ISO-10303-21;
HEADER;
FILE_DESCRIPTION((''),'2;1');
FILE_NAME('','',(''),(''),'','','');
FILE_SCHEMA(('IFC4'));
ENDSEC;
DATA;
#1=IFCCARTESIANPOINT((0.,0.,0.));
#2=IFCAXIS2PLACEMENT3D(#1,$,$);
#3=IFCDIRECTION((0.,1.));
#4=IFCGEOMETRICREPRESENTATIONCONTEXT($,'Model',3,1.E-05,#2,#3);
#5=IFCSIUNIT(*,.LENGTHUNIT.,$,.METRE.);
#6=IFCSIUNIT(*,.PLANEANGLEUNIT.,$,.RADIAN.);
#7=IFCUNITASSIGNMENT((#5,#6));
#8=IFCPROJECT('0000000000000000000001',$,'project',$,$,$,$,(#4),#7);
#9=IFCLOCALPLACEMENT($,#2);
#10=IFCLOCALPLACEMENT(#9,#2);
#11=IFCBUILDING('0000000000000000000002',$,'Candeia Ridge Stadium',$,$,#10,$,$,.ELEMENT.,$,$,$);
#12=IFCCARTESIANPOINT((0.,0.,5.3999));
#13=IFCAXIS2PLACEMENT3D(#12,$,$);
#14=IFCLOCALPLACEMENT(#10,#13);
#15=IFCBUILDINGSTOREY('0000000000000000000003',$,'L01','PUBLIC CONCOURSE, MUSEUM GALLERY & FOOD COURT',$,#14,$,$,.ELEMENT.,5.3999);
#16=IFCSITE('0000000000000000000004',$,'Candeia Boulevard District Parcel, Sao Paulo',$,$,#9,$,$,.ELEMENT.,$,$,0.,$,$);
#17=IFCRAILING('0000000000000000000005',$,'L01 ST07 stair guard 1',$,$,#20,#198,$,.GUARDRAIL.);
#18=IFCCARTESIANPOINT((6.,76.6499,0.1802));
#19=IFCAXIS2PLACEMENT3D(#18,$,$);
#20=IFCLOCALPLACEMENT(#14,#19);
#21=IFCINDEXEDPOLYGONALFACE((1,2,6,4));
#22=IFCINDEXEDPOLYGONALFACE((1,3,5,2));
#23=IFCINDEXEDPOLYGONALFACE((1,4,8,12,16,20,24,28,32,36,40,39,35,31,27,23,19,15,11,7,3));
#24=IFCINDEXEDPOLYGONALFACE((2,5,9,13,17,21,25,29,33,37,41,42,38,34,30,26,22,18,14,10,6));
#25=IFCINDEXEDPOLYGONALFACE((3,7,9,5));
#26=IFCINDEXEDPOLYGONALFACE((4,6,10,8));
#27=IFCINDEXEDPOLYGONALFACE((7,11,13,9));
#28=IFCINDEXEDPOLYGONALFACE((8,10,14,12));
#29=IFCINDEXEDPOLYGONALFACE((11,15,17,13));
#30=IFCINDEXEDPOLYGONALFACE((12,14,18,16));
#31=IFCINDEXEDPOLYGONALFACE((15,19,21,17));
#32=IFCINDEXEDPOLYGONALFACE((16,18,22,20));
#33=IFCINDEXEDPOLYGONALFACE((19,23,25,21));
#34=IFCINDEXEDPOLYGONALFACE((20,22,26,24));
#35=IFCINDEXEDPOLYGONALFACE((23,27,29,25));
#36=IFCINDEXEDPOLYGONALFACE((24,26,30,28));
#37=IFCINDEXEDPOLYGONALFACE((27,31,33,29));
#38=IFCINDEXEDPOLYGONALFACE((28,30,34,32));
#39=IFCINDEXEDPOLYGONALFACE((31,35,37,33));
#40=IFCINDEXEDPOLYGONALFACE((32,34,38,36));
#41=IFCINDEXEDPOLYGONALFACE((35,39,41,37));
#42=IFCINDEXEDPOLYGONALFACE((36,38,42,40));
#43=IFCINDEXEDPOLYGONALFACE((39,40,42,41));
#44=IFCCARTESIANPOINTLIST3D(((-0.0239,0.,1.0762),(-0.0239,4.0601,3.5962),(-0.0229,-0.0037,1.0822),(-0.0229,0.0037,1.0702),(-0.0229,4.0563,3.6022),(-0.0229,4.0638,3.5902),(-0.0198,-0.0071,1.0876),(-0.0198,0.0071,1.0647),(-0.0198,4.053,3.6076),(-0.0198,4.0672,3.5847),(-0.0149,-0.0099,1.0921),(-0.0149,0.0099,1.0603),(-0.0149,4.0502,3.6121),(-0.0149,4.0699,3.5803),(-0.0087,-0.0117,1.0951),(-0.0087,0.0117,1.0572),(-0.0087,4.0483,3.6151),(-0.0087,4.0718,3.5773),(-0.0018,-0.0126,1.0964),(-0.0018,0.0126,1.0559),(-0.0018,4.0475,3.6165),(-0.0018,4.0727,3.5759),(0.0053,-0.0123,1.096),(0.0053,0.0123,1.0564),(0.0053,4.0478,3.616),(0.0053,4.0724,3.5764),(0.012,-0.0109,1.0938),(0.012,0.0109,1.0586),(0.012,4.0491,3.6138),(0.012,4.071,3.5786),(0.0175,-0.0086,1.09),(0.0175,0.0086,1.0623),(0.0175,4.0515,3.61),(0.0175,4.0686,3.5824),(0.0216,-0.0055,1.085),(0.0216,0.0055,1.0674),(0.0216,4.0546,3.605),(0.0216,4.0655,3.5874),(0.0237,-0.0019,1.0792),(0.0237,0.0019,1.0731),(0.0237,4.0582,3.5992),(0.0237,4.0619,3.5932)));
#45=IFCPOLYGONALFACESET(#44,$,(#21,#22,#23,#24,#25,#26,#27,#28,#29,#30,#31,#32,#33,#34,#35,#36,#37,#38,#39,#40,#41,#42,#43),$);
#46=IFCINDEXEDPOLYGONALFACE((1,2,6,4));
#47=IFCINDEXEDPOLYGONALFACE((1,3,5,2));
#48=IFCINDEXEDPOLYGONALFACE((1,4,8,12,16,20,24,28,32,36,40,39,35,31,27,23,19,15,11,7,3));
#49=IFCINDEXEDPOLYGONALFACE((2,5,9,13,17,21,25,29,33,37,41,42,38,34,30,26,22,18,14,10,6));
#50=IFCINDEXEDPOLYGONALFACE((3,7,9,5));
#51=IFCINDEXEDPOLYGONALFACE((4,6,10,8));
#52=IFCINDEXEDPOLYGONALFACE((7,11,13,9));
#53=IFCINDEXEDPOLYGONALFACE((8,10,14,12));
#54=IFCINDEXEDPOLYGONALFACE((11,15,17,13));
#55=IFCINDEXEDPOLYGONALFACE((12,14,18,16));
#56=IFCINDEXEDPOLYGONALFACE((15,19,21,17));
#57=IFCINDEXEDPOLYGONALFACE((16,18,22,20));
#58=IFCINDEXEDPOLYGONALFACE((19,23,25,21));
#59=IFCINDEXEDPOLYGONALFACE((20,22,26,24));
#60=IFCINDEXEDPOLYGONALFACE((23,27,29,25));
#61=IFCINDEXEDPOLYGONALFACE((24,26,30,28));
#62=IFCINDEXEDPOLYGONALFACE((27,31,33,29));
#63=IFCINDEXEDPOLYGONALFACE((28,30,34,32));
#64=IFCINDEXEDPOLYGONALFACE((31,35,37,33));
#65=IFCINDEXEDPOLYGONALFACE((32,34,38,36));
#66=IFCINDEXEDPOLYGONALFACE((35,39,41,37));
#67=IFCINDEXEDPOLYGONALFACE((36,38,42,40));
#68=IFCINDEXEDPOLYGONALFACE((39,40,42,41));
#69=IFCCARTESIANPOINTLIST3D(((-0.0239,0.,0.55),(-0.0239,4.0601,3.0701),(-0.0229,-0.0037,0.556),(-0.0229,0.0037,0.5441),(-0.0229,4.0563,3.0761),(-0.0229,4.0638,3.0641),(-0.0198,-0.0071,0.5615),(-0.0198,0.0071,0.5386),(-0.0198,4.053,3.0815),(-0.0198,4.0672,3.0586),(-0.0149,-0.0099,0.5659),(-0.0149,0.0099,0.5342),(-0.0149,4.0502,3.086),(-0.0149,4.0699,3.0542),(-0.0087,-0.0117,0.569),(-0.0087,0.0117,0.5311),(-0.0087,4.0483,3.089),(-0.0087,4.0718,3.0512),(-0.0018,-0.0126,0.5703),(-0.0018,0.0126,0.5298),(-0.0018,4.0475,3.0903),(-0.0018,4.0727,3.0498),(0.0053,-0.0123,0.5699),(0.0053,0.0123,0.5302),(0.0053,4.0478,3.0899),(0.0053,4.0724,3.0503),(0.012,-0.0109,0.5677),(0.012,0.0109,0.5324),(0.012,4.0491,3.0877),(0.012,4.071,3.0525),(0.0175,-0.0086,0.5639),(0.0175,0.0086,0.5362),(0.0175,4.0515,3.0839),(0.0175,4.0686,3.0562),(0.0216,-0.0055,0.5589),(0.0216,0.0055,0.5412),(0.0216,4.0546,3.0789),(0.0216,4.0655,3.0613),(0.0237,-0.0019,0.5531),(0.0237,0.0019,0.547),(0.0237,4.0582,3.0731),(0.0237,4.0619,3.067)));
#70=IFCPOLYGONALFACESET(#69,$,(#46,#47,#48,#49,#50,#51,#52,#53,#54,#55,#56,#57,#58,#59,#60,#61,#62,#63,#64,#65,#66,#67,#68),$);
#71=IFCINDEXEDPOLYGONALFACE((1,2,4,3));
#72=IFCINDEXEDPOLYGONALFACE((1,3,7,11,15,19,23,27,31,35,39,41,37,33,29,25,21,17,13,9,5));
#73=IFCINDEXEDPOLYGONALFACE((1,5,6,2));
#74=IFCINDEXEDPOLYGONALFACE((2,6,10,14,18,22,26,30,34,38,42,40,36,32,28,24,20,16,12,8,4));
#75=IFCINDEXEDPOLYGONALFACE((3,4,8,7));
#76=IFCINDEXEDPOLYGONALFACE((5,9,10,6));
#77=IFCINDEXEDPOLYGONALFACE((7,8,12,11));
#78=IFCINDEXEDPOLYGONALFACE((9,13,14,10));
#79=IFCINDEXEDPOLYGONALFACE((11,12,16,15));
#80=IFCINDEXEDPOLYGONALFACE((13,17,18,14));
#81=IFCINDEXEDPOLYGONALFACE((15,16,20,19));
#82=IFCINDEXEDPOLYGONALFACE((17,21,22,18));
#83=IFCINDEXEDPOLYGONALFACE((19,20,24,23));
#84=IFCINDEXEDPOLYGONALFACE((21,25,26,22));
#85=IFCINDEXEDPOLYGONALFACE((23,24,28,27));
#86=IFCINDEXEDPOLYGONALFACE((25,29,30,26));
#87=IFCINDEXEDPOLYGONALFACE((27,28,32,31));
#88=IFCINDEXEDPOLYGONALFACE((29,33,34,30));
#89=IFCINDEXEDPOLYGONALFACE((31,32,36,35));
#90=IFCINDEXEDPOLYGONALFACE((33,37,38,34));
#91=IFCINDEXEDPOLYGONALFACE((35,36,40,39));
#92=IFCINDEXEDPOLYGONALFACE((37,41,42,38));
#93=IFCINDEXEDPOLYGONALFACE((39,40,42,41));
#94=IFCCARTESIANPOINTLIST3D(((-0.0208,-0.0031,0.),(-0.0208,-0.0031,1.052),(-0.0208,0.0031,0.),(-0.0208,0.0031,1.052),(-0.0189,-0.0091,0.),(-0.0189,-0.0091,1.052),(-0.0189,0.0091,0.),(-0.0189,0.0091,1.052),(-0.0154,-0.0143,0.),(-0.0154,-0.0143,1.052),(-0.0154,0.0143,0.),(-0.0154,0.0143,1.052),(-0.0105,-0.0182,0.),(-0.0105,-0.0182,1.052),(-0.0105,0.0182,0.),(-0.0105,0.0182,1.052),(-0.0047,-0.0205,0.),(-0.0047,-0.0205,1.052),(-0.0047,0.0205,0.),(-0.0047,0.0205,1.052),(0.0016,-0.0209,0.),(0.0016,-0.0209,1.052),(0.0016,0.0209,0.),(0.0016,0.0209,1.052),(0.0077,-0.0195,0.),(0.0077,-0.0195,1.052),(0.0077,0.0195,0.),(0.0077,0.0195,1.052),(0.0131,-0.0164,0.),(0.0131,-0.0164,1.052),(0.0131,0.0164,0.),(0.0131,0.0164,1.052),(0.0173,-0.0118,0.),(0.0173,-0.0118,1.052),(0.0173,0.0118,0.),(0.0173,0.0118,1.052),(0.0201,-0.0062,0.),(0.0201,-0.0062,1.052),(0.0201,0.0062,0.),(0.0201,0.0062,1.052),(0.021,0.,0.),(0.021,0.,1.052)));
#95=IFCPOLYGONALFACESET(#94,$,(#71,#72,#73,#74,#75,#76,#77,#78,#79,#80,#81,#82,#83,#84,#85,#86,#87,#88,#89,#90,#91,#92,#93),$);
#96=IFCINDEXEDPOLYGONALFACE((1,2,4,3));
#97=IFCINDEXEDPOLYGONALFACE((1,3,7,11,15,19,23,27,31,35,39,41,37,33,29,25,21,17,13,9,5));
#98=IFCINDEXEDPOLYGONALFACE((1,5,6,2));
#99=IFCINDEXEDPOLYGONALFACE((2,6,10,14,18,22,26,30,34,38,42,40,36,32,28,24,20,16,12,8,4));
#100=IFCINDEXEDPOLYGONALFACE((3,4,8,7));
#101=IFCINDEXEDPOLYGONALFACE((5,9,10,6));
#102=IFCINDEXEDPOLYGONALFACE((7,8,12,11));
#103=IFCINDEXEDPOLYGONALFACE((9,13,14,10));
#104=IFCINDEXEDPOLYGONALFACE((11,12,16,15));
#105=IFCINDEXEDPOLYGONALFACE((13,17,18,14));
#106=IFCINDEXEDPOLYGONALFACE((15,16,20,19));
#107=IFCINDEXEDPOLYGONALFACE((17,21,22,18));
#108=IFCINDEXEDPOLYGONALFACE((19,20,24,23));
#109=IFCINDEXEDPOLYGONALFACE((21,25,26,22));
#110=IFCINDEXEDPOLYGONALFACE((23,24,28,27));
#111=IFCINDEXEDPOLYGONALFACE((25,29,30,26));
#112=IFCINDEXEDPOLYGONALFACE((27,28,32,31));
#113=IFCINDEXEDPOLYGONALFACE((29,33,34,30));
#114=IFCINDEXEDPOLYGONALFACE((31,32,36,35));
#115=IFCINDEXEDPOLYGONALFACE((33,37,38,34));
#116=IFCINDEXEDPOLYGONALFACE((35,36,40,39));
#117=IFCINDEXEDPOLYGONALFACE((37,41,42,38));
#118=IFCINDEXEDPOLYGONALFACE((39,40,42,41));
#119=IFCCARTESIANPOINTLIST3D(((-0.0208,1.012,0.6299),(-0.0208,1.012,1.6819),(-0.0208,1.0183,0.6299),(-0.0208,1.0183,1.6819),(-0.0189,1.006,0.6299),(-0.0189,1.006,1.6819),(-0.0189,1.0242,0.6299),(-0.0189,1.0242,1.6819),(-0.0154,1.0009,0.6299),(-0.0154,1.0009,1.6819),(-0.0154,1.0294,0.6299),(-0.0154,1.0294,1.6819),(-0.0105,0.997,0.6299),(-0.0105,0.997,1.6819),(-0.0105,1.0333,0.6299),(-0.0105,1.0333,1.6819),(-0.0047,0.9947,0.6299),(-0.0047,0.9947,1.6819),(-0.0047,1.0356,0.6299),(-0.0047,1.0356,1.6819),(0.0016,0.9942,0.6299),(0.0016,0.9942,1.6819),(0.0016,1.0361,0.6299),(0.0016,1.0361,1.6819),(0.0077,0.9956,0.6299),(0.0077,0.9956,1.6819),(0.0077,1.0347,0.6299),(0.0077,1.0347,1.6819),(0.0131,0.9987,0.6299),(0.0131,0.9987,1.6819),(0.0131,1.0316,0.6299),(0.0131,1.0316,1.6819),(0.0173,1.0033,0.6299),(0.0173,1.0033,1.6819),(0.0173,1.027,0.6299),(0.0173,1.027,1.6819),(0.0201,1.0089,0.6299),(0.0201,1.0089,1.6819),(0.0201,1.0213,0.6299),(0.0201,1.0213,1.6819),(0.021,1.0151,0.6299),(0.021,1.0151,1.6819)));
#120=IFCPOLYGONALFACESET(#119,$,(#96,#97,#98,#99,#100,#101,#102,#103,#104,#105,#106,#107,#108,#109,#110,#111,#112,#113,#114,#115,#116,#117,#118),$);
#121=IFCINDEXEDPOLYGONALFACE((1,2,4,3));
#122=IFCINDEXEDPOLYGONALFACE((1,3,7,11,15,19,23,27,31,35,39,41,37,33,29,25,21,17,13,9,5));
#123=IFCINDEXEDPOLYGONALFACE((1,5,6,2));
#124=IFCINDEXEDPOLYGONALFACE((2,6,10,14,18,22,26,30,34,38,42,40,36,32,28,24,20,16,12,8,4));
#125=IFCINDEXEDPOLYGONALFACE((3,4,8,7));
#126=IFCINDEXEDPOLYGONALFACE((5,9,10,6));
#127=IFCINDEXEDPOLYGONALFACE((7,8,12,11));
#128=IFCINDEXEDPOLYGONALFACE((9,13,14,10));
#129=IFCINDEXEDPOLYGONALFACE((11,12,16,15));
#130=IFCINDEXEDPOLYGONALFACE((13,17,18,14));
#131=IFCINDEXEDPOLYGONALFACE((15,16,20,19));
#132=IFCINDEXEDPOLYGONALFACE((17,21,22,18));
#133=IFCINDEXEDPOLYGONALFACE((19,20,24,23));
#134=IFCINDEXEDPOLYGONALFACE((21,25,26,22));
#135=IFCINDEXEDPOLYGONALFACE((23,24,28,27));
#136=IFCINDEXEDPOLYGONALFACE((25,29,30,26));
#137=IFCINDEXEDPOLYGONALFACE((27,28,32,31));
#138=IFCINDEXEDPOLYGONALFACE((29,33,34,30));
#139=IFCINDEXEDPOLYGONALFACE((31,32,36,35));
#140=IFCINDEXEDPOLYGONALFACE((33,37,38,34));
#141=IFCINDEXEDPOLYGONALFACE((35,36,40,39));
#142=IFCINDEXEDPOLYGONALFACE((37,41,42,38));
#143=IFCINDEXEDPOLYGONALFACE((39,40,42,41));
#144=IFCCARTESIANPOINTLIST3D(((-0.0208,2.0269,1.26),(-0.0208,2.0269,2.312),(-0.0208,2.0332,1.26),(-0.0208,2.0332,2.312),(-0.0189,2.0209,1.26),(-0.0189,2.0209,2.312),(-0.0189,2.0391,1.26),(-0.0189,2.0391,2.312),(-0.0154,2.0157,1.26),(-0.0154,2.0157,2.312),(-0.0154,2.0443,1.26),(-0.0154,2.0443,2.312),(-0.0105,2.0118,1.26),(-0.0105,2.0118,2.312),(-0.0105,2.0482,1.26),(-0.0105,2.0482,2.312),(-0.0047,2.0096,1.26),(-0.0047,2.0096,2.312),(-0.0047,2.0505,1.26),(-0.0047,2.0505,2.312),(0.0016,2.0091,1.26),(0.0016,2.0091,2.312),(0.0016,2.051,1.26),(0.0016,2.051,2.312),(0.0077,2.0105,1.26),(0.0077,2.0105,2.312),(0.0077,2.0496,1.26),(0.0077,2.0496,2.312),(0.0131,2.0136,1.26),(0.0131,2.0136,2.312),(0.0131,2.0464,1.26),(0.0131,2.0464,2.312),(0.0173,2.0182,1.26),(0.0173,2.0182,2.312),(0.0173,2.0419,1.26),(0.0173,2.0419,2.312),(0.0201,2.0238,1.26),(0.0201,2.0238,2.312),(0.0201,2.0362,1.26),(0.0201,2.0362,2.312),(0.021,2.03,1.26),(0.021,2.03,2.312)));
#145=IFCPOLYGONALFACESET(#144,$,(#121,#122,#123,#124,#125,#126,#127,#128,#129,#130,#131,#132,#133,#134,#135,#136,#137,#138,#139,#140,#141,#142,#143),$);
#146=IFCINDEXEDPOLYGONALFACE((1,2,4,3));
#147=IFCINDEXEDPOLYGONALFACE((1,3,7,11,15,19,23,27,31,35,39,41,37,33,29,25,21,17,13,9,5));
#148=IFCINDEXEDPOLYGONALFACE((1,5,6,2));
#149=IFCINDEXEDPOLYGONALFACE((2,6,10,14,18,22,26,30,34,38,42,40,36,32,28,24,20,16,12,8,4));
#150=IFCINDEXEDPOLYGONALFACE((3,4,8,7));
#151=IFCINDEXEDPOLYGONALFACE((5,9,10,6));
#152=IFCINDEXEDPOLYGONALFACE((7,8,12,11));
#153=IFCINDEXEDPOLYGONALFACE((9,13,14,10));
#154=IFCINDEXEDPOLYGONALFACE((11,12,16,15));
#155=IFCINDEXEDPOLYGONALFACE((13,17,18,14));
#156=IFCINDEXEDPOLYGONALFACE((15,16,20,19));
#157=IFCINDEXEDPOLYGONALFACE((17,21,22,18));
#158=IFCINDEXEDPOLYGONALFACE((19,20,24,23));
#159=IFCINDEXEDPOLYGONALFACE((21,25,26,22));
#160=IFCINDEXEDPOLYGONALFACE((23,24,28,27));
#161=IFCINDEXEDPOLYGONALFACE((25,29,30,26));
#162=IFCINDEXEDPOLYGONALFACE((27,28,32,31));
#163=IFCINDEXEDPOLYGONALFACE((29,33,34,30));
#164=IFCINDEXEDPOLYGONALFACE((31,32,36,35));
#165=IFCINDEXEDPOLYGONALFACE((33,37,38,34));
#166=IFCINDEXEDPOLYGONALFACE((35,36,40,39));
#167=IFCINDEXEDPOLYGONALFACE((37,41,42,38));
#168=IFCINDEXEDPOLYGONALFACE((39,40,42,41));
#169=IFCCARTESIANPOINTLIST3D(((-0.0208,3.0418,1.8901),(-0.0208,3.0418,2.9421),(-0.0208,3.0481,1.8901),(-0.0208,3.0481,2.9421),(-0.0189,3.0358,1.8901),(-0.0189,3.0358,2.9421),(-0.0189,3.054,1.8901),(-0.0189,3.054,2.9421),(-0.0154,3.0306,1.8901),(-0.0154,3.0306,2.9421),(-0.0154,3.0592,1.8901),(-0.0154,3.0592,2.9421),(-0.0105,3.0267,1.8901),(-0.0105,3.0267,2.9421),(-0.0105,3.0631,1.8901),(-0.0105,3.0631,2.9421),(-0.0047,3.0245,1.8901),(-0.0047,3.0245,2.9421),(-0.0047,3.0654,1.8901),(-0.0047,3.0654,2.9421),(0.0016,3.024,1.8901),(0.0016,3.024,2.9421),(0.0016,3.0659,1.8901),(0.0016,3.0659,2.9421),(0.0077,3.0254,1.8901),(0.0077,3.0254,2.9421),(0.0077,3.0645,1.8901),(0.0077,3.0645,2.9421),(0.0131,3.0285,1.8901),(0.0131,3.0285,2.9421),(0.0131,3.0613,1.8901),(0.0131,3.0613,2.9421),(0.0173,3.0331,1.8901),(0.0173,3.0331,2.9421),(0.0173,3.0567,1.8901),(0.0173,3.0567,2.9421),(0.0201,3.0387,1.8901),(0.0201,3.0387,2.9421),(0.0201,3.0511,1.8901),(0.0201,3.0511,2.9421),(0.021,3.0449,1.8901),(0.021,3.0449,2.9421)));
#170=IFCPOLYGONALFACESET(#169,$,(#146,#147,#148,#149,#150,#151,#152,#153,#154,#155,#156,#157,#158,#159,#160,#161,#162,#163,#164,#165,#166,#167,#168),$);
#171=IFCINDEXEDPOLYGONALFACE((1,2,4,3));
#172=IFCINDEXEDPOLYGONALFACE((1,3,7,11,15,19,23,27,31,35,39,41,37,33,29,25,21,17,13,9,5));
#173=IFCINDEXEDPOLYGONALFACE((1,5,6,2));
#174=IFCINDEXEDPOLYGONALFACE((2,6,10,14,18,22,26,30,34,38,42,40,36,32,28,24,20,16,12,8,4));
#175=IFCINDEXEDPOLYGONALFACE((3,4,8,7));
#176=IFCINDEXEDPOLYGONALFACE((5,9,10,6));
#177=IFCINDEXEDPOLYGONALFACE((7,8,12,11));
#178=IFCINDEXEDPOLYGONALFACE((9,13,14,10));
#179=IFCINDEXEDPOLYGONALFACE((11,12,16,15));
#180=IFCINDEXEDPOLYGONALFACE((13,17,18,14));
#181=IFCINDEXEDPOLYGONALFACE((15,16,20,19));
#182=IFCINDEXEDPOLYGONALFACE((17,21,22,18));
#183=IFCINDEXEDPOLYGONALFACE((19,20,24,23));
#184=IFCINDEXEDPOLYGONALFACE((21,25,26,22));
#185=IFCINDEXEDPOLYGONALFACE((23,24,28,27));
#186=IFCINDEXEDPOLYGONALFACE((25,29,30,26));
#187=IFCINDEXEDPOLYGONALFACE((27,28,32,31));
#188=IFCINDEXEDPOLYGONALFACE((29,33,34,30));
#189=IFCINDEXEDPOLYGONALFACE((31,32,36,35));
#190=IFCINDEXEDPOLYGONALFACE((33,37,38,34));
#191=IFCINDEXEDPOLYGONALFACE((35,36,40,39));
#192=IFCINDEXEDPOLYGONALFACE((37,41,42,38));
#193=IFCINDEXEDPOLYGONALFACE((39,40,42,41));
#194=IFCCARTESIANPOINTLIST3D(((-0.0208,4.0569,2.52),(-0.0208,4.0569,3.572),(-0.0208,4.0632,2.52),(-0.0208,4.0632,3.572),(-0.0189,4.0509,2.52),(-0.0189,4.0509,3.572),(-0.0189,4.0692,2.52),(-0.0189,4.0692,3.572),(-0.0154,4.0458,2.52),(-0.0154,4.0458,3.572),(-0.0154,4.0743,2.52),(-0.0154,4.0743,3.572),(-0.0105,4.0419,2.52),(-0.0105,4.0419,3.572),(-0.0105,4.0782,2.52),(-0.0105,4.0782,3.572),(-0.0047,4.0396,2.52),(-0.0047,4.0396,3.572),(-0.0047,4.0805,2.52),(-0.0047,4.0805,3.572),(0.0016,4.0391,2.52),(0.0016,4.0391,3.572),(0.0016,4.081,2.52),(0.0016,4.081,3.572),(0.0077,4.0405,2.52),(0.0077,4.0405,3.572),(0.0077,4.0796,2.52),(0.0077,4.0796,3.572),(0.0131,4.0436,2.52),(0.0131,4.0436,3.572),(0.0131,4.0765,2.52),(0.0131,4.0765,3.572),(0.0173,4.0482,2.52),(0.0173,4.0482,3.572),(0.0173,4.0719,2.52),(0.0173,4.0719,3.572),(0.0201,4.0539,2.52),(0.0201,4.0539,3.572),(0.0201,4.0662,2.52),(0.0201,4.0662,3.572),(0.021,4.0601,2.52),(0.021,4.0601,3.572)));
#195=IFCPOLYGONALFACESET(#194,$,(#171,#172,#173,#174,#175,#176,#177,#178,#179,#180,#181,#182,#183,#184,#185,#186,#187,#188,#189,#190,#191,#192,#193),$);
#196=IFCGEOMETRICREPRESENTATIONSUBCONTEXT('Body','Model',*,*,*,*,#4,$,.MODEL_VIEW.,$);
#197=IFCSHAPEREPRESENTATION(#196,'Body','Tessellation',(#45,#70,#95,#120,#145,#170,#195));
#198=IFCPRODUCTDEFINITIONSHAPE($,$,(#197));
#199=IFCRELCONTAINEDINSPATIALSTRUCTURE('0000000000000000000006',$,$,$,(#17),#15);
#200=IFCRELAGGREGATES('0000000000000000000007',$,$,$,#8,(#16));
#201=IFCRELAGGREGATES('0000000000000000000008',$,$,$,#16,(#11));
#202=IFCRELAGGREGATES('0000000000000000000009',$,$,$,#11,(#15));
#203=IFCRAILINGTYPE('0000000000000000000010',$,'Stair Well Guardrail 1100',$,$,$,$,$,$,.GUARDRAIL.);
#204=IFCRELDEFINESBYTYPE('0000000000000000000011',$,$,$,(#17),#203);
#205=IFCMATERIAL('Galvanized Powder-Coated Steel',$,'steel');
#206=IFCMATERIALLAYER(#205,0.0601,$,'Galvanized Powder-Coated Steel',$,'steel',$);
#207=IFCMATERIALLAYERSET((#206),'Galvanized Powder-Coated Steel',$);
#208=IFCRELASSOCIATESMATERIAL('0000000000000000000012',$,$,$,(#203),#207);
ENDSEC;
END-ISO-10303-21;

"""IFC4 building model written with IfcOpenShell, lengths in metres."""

from ifc_helpers import new_model, si_unit, direction, frame, origin, origin_2d, place, context, subcontext, project, spatial, circle, extrude, material, layer, layer_set, type_object, element, save


model = new_model("IFC4")

# Units and contexts
model_context = context("Model", 3, precision=1e-05, world=origin(), true_north=direction((0.0, 1.0)))
body_context = subcontext(model_context, "Body", "Model", "MODEL_VIEW")
ifc_project = project(units=[si_unit("LENGTHUNIT", "METRE"), si_unit("PLANEANGLEUNIT", "RADIAN")], contexts=[model_context])

# Site, building, storey
site_placement = place(None, origin())
site = spatial("IfcSite", under=ifc_project, at=site_placement, Name="Candeia Boulevard District Parcel, Sao Paulo", CompositionType="ELEMENT", RefElevation=0.0)
building_placement = place(site_placement, origin())
building = spatial("IfcBuilding", under=site, at=building_placement, Name="Candeia Ridge Stadium", CompositionType="ELEMENT")
storey_placement = place(building_placement, frame((0.0, 0.0, 5.3999)))
storey = spatial("IfcBuildingStorey", under=building, at=storey_placement, Name="L01", Description="PUBLIC CONCOURSE, MUSEUM GALLERY & FOOD COURT", CompositionType="ELEMENT", Elevation=5.3999)

# Railing
ifc_material_1 = material(Name="Galvanized Powder-Coated Steel", Category="steel")
ifc_layer_1 = layer(ifc_material_1, 0.0601, Name="Galvanized Powder-Coated Steel", Category="steel")
ifc_layer_set_1 = layer_set([ifc_layer_1], Name="Galvanized Powder-Coated Steel")
railing_type_1 = type_object("IfcRailingType", Name="Stair Well Guardrail 1100", PredefinedType="GUARDRAIL", material=ifc_layer_set_1)
railing_1_placement = place(storey_placement, frame((6.0, 76.6499, 0.1802)))
element("IfcRailing", 1, at=railing_1_placement, inside=storey, type_object=railing_type_1, Name="L01 ST07 stair guard 1", PredefinedType="GUARDRAIL", context=body_context, shape_type="SweptSolid", body=[
    extrude(circle(Radius=0.0239, at=origin_2d()), frame((0.0, 0.0, 1.0762), z_axis=(0.0, 0.849642, 0.52736), x_axis=(-1.0, 0.0, 0.0)), (0.0, 0.0, 1.0), 4.7786),
    extrude(circle(Radius=0.0239, at=origin_2d()), frame((0.0, 0.0, 0.55), z_axis=(0.0, 0.849642, 0.52736), x_axis=(-1.0, 0.0, 0.0)), (0.0, 0.0, 1.0), 4.7786),
    extrude(circle(Radius=0.021, at=origin_2d()), origin(), (0.0, 0.0, 1.0), 1.052),
    extrude(circle(Radius=0.021, at=origin_2d()), frame((0.0, 1.0151, 0.6299)), (0.0, 0.0, 1.0), 1.052),
    extrude(circle(Radius=0.021, at=origin_2d()), frame((0.0, 2.03, 1.26)), (0.0, 0.0, 1.0), 1.052),
    extrude(circle(Radius=0.021, at=origin_2d()), frame((0.0, 3.0449, 1.8901)), (0.0, 0.0, 1.0), 1.052),
    extrude(circle(Radius=0.021, at=origin_2d()), frame((0.0, 4.0601, 2.52)), (0.0, 0.0, 1.0), 1.052),
])

save(model, "model.ifc")
